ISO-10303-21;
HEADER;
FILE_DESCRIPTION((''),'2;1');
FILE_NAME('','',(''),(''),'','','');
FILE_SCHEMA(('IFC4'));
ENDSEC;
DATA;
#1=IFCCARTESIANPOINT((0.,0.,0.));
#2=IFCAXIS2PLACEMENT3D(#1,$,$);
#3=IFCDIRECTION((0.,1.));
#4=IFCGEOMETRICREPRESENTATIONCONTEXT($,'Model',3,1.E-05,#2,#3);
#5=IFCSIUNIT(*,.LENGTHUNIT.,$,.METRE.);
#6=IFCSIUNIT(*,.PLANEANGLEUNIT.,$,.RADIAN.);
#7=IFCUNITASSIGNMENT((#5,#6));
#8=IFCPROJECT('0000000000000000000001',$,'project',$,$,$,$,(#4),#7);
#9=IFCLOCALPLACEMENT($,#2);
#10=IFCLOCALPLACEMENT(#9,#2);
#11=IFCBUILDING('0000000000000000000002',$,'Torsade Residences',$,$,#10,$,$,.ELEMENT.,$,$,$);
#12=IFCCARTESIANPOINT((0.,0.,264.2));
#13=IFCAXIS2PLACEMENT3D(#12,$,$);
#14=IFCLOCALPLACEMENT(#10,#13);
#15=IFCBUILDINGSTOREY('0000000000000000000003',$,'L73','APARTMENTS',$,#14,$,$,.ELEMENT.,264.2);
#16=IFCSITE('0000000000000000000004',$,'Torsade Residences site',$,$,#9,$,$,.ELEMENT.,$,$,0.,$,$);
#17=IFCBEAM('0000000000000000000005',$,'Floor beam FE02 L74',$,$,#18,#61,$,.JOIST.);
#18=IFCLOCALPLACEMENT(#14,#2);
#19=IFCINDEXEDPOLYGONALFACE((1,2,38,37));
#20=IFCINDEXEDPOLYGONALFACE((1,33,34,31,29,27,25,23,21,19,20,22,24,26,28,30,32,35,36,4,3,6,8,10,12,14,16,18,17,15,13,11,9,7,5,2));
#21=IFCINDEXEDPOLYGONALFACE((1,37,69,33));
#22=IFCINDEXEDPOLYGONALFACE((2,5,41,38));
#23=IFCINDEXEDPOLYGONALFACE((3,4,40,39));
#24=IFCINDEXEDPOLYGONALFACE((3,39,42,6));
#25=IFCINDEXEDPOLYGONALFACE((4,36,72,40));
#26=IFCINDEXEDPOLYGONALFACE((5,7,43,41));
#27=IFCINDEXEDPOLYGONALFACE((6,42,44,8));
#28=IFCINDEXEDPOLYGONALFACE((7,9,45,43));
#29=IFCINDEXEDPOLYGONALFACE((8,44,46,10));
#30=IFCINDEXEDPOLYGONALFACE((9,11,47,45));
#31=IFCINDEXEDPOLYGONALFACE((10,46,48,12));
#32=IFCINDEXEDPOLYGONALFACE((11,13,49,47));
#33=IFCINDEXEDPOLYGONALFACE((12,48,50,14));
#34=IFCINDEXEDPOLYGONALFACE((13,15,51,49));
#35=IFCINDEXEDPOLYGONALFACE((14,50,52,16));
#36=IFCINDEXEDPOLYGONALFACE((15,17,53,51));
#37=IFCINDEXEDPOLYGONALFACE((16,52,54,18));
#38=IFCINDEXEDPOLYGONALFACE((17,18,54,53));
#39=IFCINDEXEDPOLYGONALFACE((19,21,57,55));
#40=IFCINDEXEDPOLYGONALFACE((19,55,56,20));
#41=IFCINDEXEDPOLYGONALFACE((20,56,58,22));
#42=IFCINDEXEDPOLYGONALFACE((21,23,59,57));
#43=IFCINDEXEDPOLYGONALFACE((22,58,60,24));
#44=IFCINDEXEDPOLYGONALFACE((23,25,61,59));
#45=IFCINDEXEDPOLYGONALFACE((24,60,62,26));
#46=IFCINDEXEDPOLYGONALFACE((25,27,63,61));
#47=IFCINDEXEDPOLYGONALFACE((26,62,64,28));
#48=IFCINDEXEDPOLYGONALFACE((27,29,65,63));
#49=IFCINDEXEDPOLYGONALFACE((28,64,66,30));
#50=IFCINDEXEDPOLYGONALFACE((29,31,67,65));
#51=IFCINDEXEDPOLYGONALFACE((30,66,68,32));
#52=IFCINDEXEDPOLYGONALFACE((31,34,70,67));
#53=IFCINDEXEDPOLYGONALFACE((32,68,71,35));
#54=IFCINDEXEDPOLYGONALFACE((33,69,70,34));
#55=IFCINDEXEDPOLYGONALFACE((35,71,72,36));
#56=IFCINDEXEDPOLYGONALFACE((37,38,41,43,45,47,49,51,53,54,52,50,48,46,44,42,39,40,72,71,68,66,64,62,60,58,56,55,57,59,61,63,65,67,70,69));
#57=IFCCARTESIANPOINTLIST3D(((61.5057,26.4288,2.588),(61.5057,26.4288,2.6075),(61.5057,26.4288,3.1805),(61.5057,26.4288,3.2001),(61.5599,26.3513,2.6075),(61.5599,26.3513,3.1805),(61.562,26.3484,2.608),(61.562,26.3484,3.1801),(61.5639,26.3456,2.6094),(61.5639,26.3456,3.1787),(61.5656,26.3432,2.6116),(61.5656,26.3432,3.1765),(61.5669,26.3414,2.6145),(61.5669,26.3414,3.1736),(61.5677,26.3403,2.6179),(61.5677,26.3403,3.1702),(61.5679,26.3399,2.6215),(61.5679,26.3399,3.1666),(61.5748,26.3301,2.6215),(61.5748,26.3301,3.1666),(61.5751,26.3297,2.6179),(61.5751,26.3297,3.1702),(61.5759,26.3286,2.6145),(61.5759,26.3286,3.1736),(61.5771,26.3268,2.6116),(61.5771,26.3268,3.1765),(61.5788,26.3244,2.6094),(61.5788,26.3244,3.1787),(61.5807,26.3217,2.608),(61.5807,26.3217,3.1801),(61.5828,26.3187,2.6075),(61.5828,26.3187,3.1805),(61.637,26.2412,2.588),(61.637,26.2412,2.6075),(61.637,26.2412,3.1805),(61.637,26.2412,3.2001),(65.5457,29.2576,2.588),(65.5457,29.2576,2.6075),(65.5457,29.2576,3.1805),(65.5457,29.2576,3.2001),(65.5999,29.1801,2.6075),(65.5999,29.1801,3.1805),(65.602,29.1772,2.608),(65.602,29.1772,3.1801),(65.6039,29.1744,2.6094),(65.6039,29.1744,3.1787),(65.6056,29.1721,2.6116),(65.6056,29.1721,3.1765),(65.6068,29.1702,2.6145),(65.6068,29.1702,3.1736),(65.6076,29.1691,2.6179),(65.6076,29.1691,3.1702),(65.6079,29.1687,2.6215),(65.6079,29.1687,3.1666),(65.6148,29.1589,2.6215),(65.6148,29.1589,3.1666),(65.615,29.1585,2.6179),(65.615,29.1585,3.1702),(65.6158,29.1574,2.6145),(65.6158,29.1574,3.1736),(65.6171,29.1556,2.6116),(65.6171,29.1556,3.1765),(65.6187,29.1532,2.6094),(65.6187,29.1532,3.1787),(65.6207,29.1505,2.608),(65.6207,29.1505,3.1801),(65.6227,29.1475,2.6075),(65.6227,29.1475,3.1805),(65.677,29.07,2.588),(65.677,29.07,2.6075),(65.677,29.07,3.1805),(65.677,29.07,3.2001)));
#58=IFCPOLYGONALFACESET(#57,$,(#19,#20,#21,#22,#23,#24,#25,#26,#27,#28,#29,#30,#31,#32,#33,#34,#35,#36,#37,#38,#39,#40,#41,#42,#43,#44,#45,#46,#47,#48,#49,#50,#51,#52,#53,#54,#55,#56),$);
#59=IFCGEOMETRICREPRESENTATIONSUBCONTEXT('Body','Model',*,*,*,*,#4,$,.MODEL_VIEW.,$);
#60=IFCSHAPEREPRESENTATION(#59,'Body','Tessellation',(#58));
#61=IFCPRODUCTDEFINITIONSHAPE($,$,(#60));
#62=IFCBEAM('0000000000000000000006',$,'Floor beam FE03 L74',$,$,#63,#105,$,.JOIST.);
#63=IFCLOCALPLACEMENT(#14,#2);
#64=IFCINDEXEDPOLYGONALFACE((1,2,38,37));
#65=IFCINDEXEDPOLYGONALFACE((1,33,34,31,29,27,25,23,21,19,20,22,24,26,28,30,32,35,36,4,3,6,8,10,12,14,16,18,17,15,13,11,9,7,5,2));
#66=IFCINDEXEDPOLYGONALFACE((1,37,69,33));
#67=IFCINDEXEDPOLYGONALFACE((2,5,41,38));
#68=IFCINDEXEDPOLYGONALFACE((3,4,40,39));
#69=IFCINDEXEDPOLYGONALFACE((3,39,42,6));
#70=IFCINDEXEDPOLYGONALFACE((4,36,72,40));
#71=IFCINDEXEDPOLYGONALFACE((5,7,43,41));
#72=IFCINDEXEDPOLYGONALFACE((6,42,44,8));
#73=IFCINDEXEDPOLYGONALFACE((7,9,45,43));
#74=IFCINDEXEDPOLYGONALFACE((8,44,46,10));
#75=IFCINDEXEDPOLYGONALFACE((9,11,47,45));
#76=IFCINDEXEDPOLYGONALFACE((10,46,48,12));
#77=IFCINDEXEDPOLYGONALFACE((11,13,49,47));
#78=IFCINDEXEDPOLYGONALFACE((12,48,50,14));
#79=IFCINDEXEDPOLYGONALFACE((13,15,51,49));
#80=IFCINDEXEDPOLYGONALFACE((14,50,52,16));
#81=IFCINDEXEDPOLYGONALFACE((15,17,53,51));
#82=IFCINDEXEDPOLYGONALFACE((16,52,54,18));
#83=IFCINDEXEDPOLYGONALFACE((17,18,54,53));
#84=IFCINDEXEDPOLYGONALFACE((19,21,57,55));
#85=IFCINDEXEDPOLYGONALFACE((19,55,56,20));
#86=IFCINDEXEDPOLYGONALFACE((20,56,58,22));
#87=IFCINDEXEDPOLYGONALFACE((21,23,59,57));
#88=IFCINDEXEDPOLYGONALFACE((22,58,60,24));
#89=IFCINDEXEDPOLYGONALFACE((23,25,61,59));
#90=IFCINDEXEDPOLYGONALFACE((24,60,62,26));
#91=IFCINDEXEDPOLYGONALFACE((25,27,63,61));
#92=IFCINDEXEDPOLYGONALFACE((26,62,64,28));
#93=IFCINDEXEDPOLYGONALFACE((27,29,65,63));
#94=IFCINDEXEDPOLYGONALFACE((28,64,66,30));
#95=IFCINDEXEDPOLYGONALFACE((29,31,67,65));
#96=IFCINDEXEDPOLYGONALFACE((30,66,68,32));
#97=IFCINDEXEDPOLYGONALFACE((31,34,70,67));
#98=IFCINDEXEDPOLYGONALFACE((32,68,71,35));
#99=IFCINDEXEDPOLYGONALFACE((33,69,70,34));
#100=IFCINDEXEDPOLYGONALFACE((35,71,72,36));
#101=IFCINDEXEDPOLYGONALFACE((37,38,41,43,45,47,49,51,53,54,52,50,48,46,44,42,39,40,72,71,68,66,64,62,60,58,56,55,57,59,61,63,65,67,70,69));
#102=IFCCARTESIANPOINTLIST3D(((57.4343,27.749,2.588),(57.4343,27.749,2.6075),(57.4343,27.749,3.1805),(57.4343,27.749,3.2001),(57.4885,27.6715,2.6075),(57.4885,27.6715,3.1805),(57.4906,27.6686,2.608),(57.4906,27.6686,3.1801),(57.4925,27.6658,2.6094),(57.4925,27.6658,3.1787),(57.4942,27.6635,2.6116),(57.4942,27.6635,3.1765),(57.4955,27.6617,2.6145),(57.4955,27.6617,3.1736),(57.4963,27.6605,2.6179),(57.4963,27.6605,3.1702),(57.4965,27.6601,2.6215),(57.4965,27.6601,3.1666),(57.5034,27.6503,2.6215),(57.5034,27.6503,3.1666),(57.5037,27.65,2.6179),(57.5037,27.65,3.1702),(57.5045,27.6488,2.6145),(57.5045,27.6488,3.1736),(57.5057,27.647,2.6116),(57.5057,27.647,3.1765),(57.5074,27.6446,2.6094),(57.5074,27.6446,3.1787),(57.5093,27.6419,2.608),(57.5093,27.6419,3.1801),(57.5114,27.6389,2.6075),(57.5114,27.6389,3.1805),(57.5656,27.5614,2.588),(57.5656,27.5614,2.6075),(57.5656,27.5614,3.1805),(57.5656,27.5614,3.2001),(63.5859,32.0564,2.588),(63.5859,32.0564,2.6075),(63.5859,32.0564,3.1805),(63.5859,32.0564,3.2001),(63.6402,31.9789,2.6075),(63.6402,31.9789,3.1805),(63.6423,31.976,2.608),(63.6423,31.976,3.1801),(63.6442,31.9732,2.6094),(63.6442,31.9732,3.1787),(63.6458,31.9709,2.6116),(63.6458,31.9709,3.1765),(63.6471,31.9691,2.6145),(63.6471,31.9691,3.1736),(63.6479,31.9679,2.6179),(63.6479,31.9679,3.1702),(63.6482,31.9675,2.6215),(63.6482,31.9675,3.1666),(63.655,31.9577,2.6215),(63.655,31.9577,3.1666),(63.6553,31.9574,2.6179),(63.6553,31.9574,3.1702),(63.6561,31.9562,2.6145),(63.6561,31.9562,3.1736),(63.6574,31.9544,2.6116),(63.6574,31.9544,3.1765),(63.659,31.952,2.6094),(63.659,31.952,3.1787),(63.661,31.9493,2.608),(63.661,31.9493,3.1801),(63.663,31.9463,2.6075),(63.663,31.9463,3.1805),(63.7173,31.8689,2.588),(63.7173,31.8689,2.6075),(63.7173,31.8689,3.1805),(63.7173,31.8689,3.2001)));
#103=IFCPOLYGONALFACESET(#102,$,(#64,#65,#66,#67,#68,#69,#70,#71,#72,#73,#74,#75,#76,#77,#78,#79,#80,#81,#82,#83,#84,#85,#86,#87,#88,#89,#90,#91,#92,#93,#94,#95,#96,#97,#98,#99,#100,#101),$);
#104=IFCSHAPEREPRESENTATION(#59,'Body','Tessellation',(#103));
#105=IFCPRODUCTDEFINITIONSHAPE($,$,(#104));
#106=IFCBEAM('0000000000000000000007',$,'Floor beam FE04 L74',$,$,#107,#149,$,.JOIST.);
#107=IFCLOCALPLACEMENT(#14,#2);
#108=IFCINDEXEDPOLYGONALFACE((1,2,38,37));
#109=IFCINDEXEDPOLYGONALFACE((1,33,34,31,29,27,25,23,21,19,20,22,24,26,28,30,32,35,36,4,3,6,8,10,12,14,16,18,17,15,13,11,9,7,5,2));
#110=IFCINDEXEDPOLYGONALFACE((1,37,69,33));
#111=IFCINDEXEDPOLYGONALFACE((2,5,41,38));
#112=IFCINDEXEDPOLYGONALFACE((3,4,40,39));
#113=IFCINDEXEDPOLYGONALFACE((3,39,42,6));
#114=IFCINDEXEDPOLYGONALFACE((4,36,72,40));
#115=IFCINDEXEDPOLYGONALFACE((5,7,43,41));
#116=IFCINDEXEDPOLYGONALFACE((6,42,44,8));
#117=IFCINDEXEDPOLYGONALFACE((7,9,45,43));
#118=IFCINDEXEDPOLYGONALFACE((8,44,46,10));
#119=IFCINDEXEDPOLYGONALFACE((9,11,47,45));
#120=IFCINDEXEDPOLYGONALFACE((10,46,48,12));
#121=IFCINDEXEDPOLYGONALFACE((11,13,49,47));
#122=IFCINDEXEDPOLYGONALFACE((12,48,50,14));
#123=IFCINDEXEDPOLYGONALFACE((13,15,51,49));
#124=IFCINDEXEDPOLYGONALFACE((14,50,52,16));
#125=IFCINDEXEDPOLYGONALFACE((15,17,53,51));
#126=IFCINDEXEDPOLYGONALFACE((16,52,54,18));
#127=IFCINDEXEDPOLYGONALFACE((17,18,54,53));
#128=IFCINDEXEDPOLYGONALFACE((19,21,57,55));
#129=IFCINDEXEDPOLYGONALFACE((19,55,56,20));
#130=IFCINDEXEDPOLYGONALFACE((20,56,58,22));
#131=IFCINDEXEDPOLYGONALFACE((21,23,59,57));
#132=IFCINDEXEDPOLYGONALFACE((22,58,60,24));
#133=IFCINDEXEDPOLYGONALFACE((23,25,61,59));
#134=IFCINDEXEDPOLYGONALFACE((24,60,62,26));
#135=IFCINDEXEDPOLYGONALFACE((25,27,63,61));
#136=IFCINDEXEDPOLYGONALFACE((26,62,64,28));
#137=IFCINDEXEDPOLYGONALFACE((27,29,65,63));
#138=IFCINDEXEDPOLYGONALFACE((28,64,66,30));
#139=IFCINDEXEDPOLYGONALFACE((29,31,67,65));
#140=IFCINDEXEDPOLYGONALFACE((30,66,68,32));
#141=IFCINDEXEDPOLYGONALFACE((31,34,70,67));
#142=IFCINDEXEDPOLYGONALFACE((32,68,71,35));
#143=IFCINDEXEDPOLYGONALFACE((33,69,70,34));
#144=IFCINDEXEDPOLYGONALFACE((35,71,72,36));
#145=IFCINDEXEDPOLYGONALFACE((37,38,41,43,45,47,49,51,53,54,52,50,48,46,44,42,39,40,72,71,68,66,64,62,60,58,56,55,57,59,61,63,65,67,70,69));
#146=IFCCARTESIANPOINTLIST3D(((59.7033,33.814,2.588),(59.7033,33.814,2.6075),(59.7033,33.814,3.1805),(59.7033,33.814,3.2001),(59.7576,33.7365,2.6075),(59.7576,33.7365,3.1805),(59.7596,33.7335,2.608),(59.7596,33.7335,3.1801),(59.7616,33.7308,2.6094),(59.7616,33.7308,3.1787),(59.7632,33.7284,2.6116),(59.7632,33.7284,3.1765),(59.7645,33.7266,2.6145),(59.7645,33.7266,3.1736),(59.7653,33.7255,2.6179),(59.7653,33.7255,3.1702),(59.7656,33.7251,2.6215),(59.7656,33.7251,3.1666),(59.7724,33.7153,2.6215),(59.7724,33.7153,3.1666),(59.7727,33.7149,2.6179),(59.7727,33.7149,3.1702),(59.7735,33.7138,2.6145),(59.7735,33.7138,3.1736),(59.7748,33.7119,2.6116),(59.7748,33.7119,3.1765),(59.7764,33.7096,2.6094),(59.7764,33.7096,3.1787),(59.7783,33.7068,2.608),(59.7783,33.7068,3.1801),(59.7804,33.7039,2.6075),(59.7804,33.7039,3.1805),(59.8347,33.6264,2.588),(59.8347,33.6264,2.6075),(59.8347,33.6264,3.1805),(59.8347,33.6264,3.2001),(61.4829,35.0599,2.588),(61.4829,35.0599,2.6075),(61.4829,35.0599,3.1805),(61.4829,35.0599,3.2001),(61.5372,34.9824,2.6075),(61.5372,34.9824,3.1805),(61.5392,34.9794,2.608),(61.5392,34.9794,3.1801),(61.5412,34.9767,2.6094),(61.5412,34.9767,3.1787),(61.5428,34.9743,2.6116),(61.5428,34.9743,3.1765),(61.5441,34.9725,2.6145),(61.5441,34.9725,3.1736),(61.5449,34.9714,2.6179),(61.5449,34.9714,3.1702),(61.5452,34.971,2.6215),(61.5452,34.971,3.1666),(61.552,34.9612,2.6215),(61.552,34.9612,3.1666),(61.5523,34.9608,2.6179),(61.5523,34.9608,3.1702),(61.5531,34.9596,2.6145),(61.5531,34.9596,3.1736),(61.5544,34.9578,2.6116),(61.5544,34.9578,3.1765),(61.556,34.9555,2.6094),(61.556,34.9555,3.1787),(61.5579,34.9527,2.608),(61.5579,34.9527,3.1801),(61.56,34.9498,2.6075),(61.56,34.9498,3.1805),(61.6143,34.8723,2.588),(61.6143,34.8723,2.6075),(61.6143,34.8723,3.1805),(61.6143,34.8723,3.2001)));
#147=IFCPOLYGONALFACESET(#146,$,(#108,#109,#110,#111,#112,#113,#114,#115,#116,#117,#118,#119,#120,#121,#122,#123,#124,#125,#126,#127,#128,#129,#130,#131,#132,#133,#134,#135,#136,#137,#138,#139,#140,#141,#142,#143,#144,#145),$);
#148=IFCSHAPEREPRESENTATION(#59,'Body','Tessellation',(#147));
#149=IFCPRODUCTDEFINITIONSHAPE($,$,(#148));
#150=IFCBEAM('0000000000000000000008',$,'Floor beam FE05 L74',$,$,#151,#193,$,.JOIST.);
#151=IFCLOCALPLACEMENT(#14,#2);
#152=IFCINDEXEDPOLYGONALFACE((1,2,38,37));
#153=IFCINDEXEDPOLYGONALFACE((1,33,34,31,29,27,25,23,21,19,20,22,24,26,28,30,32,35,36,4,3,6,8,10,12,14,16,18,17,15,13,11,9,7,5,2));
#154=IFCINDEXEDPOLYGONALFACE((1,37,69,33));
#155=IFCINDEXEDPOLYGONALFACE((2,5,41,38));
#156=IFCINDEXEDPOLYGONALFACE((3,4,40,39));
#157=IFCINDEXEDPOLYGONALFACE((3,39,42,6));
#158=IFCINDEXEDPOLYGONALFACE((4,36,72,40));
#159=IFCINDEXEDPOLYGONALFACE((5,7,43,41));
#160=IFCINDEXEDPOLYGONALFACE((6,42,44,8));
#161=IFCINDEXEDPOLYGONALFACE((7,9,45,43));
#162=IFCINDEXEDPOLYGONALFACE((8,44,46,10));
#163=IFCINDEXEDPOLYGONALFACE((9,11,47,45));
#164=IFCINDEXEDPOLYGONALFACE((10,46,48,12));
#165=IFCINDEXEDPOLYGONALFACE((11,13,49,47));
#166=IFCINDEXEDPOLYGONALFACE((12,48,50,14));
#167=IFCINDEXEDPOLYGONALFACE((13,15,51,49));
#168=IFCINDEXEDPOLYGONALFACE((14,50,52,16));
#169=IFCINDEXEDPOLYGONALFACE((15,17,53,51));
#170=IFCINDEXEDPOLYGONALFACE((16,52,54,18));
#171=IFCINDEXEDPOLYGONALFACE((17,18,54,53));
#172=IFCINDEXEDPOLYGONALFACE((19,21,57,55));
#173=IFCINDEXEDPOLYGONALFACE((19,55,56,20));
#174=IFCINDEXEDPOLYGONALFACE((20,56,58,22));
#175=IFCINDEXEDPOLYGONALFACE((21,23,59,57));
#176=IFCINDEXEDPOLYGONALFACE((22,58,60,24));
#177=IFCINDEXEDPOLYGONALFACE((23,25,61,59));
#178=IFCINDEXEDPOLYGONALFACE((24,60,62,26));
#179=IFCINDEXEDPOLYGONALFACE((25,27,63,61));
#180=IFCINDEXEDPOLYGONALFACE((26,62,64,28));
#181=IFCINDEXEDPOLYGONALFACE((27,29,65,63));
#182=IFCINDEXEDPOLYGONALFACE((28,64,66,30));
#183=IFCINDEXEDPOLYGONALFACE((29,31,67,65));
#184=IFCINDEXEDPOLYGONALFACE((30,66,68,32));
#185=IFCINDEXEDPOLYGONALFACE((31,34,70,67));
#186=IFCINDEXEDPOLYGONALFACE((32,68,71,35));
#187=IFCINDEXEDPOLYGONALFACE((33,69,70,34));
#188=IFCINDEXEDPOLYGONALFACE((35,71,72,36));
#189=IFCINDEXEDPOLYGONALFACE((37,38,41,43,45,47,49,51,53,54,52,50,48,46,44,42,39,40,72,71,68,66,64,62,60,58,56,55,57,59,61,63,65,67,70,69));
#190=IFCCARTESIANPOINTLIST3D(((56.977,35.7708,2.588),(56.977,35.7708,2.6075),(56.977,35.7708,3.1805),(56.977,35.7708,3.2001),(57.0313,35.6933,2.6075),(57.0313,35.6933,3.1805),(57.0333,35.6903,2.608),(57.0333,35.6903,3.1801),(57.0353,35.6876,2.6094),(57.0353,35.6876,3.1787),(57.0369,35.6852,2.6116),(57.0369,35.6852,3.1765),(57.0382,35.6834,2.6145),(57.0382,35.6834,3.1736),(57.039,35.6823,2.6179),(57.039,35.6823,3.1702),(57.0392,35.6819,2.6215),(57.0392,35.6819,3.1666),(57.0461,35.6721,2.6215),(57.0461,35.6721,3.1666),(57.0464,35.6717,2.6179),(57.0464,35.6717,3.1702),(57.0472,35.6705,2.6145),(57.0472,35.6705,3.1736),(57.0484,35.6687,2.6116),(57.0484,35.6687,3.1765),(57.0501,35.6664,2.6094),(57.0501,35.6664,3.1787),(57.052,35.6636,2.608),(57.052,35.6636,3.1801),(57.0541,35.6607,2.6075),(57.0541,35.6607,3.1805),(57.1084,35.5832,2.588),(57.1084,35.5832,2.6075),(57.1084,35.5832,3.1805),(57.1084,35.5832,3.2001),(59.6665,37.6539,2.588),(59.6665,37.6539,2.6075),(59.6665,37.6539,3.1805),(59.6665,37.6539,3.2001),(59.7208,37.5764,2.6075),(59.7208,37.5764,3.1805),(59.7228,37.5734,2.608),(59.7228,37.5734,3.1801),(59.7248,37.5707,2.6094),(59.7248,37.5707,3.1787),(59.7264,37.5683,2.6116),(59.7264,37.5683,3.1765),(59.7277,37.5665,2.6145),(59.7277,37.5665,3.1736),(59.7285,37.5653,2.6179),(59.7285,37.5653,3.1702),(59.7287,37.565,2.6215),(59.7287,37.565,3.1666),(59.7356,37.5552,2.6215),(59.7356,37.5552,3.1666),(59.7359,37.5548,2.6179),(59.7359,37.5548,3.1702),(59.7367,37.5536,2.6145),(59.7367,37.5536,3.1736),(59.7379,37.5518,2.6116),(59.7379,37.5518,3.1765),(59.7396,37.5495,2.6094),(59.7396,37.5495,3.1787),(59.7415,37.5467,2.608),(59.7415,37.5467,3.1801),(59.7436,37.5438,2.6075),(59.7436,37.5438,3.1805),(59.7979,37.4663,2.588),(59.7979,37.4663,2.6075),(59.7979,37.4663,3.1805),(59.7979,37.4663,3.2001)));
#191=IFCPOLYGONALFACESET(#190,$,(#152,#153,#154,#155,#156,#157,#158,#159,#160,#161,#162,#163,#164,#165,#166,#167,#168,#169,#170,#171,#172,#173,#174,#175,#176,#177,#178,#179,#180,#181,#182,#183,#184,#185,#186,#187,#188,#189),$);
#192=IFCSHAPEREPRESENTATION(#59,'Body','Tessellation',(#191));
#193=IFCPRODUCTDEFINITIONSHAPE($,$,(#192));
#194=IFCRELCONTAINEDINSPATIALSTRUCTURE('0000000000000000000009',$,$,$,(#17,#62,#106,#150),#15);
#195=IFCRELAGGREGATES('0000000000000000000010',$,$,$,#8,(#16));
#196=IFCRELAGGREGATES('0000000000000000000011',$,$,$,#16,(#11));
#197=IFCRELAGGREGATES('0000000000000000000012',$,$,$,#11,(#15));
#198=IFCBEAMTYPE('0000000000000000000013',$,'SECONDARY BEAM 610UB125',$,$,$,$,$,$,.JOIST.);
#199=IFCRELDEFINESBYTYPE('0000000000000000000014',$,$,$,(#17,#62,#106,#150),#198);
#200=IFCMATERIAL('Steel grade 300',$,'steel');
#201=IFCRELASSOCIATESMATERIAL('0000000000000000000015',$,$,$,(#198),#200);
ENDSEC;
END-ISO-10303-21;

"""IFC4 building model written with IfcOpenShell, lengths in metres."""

from ifc_helpers import new_model, si_unit, direction, frame, origin, origin_2d, place, context, subcontext, project, spatial, i_section, extrude, material, material_profile, profile_set, type_object, element, save


model = new_model("IFC4")

# Units and contexts
model_context = context("Model", 3, precision=1e-05, world=origin(), true_north=direction((0.0, 1.0)))
body_context = subcontext(model_context, "Body", "Model", "MODEL_VIEW")
ifc_project = project(units=[si_unit("LENGTHUNIT", "METRE"), si_unit("PLANEANGLEUNIT", "RADIAN")], contexts=[model_context])

# Site, building, storey
site_placement = place(None, origin())
site = spatial("IfcSite", under=ifc_project, at=site_placement, Name="Torsade Residences site", CompositionType="ELEMENT", RefElevation=0.0)
building_placement = place(site_placement, origin())
building = spatial("IfcBuilding", under=site, at=building_placement, Name="Torsade Residences", CompositionType="ELEMENT")
storey_placement = place(building_placement, frame((0.0, 0.0, 264.2)))
storey = spatial("IfcBuildingStorey", under=building, at=storey_placement, Name="L73", Description="APARTMENTS", CompositionType="ELEMENT", Elevation=264.2)

# Beams
ifc_material_1 = material(Name="Steel grade 300", Category="steel")
ifc_material_profile_1 = material_profile(ifc_material_1, i_section(OverallWidth=0.229, OverallDepth=0.6121, WebThickness=0.012, FlangeThickness=0.0195, FilletRadius=0.0139, at=origin_2d()), Name="610UB125")
ifc_profile_set_1 = profile_set([ifc_material_profile_1], Name="Steel grade 300")
beam_type_1 = type_object("IfcBeamType", Name="SECONDARY BEAM 610UB125", PredefinedType="JOIST", material=ifc_profile_set_1)
beam_1_placement = place(storey_placement, frame((65.6113, 29.1638, 2.894), z_axis=(-0.819153, -0.573575, 0.0), x_axis=(0.573575, -0.819153, 0.0)))
element("IfcBeam", 1, at=beam_1_placement, inside=storey, type_object=beam_type_1, Name="Floor beam FE02 L74", PredefinedType="JOIST", context=body_context, shape_type="SweptSolid", body=[
    extrude(i_section(OverallWidth=0.229, OverallDepth=0.6121, WebThickness=0.012, FlangeThickness=0.0195, FilletRadius=0.0139, at=origin_2d()), origin(), (0.0, 0.0, 1.0), 4.9319),
])
beam_2_placement = place(storey_placement, frame((63.6516, 31.9626, 2.894), z_axis=(-0.819154, -0.573574, 0.0), x_axis=(0.573574, -0.819154, 0.0)))
element("IfcBeam", 2, at=beam_2_placement, inside=storey, type_object=beam_type_1, Name="Floor beam FE03 L74", PredefinedType="JOIST", context=body_context, shape_type="SweptSolid", body=[
    extrude(i_section(OverallWidth=0.229, OverallDepth=0.6121, WebThickness=0.012, FlangeThickness=0.0195, FilletRadius=0.0139, at=origin_2d()), origin(), (0.0, 0.0, 1.0), 7.5098),
])
beam_3_placement = place(storey_placement, frame((61.5486, 34.9661, 2.894), z_axis=(-0.819195, -0.573515, 0.0), x_axis=(0.573515, -0.819195, 0.0)))
element("IfcBeam", 3, at=beam_3_placement, inside=storey, type_object=beam_type_1, Name="Floor beam FE04 L74", PredefinedType="JOIST", context=body_context, shape_type="SweptSolid", body=[
    extrude(i_section(OverallWidth=0.229, OverallDepth=0.6121, WebThickness=0.012, FlangeThickness=0.0195, FilletRadius=0.0139, at=origin_2d()), origin(), (0.0, 0.0, 1.0), 2.1724),
])
beam_4_placement = place(storey_placement, frame((59.7322, 37.5601, 2.894), z_axis=(-0.819169, -0.573552, 0.0), x_axis=(0.573552, -0.819169, 0.0)))
element("IfcBeam", 4, at=beam_4_placement, inside=storey, type_object=beam_type_1, Name="Floor beam FE05 L74", PredefinedType="JOIST", context=body_context, shape_type="SweptSolid", body=[
    extrude(i_section(OverallWidth=0.229, OverallDepth=0.6121, WebThickness=0.012, FlangeThickness=0.0195, FilletRadius=0.0139, at=origin_2d()), origin(), (0.0, 0.0, 1.0), 3.2832),
])

save(model, "model.ifc")
